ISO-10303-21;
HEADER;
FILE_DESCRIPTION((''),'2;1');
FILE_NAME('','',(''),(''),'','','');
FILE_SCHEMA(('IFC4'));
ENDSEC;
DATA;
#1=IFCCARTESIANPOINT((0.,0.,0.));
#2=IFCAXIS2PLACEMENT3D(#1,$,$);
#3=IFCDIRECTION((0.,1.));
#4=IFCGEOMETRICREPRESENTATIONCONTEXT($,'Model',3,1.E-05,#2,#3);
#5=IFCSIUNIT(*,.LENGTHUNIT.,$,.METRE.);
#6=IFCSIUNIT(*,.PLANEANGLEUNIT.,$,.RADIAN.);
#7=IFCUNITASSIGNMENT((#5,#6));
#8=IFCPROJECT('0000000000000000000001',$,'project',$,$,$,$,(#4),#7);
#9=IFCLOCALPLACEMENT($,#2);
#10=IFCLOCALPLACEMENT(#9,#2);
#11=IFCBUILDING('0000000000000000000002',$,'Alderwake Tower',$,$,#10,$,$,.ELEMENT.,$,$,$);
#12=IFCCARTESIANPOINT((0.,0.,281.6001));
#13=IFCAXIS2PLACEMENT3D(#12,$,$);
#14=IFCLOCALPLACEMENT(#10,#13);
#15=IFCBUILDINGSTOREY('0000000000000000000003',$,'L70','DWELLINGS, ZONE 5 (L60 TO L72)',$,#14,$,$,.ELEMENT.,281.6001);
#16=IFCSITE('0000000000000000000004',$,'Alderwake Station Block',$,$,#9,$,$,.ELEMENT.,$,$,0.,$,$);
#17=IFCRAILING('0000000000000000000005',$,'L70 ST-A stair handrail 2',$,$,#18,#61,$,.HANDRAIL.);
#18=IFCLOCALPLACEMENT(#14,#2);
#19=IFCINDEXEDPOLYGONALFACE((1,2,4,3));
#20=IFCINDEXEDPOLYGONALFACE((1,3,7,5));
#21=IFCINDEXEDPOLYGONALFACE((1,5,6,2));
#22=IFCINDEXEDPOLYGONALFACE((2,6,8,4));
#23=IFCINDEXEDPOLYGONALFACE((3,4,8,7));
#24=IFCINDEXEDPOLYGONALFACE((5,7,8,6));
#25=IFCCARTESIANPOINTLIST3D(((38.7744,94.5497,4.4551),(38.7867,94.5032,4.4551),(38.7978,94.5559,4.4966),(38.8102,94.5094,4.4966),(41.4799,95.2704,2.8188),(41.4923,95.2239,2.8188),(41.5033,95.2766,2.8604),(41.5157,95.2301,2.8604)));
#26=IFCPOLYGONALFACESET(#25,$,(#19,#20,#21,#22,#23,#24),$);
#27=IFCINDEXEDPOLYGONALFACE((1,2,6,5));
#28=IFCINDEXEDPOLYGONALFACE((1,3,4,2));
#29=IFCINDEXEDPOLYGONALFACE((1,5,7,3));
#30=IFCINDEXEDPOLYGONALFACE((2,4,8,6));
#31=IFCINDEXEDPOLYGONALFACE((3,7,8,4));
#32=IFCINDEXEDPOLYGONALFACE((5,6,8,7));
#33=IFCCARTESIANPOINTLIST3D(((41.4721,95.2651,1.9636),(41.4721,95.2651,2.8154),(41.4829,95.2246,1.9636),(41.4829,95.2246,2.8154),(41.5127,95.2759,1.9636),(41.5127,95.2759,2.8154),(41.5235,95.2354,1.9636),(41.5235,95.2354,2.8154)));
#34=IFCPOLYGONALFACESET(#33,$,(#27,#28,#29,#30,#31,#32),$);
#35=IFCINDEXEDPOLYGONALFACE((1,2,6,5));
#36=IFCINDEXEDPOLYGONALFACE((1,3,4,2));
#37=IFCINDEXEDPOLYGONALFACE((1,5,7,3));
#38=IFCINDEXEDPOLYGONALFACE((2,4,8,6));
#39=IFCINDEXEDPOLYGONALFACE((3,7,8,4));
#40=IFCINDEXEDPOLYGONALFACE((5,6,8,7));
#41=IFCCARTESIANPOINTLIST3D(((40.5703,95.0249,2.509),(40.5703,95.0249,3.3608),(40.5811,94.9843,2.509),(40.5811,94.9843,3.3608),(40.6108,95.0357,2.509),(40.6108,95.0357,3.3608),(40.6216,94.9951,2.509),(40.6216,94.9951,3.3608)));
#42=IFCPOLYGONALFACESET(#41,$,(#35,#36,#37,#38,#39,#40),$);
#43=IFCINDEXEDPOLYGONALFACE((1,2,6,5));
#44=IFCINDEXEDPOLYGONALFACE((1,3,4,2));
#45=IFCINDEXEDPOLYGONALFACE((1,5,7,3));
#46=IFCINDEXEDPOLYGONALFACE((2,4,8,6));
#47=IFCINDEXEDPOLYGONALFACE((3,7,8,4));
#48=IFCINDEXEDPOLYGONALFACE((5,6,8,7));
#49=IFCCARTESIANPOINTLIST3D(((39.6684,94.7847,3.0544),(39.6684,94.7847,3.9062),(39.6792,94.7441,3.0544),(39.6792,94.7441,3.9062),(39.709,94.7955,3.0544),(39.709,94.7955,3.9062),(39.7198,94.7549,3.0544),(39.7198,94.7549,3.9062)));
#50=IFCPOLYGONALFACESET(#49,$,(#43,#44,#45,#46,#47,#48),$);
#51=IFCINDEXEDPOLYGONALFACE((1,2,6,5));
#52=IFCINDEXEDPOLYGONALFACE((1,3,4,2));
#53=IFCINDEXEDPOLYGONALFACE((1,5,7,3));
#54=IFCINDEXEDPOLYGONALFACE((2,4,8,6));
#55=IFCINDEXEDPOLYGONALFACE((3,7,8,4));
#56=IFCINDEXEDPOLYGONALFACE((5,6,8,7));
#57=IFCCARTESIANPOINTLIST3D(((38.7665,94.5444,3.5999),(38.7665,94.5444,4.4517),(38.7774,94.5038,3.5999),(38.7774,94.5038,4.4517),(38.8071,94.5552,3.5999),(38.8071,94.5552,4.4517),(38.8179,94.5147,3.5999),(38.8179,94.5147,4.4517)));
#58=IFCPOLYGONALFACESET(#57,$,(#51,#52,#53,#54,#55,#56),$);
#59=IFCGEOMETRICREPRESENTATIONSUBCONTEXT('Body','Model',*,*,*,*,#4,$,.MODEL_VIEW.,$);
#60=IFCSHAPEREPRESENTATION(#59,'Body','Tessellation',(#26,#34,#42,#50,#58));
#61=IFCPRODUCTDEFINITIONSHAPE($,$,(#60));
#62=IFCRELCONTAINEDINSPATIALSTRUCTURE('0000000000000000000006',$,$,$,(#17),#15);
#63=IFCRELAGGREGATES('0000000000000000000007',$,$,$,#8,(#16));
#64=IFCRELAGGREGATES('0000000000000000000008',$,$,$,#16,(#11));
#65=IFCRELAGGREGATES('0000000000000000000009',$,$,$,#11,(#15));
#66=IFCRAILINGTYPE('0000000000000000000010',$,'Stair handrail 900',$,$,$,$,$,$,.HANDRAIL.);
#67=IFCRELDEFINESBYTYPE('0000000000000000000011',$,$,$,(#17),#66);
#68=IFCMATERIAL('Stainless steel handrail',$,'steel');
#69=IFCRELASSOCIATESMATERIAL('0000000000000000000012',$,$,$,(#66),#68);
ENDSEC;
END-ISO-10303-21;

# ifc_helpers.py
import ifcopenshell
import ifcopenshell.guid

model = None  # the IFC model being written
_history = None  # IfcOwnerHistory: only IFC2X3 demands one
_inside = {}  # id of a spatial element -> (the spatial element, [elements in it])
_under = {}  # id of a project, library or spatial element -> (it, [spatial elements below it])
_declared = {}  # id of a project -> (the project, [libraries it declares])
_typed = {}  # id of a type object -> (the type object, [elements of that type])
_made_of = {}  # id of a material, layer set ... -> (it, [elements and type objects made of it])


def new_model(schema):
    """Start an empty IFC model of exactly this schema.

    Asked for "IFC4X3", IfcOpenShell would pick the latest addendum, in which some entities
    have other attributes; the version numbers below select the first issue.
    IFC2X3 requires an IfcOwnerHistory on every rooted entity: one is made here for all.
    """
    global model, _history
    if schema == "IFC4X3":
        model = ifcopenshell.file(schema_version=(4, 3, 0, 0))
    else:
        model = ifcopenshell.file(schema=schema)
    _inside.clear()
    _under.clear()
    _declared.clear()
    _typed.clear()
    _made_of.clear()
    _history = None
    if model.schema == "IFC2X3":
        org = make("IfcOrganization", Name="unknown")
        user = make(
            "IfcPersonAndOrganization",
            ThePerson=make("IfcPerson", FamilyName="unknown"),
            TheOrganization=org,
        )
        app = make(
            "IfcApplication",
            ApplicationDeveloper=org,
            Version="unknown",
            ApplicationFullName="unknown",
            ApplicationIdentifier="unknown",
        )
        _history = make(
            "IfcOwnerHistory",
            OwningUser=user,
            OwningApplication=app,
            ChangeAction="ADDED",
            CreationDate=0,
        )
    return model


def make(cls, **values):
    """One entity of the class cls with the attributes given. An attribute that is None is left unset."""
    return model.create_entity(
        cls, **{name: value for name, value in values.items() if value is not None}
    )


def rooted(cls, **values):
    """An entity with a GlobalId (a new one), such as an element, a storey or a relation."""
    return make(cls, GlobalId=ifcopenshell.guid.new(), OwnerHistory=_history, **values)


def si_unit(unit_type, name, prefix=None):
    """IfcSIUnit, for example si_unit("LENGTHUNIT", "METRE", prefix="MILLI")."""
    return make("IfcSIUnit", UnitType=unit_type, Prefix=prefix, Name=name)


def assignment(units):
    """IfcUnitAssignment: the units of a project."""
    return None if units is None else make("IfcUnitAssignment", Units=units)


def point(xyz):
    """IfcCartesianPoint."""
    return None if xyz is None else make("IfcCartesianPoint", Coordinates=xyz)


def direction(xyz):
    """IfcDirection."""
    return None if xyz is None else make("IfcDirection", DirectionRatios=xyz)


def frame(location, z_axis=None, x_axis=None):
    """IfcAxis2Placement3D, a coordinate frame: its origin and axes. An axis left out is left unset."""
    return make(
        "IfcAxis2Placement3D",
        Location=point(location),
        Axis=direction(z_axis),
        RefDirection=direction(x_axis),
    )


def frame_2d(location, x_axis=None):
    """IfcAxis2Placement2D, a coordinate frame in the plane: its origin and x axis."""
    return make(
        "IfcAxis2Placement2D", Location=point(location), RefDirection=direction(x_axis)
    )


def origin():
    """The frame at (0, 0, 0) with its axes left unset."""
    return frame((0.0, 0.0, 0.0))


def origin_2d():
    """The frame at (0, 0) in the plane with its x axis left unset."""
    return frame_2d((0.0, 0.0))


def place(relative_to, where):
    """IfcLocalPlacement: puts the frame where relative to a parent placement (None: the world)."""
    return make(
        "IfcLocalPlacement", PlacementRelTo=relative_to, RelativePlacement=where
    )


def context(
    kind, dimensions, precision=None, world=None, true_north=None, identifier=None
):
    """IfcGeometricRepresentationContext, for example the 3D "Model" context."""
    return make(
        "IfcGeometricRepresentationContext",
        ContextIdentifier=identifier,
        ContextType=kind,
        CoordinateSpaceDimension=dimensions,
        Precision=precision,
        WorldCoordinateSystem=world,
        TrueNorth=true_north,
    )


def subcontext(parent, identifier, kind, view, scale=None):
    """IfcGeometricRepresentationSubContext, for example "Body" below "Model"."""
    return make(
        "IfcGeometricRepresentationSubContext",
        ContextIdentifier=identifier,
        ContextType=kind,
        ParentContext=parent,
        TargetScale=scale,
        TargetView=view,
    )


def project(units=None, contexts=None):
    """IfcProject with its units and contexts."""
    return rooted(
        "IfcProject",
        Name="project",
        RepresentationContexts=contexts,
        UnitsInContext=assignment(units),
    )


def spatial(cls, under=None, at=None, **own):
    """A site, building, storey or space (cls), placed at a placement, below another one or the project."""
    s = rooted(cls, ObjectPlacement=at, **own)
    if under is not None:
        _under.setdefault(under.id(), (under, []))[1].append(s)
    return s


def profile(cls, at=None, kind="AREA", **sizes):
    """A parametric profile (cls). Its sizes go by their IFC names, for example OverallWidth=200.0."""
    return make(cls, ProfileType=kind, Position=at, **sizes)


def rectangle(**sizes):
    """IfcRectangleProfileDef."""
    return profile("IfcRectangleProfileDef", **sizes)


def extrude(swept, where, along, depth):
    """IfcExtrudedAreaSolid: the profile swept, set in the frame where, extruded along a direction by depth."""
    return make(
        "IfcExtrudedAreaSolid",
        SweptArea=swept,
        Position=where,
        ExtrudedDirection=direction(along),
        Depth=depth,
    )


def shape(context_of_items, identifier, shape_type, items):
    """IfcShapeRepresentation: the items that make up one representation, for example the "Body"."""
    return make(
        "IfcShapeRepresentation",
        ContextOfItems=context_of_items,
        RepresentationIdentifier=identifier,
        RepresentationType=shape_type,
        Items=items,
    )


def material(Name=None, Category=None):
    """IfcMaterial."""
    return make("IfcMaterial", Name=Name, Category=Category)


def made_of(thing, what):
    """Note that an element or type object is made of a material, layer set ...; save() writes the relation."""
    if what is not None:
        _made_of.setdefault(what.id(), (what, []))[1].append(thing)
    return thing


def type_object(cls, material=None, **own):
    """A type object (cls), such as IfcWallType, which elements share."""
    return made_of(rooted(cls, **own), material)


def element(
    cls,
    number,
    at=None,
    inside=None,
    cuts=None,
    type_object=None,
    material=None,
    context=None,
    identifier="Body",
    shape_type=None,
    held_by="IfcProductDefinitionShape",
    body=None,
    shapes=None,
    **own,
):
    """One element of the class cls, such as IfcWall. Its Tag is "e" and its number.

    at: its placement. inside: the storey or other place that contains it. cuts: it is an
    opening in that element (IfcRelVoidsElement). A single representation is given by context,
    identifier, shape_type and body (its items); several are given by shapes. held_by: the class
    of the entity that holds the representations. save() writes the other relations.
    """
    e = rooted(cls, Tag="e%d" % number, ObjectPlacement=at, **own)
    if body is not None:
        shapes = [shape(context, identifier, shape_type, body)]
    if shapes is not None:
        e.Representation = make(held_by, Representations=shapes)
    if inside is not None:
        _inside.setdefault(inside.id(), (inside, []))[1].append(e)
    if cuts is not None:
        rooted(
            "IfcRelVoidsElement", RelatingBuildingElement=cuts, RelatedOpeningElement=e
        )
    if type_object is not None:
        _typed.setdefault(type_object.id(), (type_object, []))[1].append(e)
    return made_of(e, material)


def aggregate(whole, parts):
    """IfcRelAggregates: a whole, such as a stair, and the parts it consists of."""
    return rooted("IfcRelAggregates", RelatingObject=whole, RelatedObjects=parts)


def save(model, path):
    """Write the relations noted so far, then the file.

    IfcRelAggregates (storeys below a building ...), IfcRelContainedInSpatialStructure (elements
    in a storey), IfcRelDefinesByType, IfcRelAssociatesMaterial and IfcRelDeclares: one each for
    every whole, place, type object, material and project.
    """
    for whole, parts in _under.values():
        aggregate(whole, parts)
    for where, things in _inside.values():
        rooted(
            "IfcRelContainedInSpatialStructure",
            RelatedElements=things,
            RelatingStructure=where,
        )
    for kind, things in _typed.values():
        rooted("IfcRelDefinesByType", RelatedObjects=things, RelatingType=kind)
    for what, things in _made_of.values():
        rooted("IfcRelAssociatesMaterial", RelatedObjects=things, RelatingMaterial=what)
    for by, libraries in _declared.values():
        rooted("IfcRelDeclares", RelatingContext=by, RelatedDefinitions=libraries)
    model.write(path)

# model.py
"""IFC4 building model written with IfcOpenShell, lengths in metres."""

from ifc_helpers import new_model, si_unit, direction, frame, origin, origin_2d, place, context, subcontext, project, spatial, rectangle, extrude, material, type_object, element, save


model = new_model("IFC4")

# Units and contexts
model_context = context("Model", 3, precision=1e-05, world=origin(), true_north=direction((0.0, 1.0)))
body_context = subcontext(model_context, "Body", "Model", "MODEL_VIEW")
ifc_project = project(units=[si_unit("LENGTHUNIT", "METRE"), si_unit("PLANEANGLEUNIT", "RADIAN")], contexts=[model_context])

# Site, building, storey
site_placement = place(None, origin())
site = spatial("IfcSite", under=ifc_project, at=site_placement, Name="Alderwake Station Block", CompositionType="ELEMENT", RefElevation=0.0)
building_placement = place(site_placement, origin())
building = spatial("IfcBuilding", under=site, at=building_placement, Name="Alderwake Tower", CompositionType="ELEMENT")
storey_placement = place(building_placement, frame((0.0, 0.0, 281.6001)))
storey = spatial("IfcBuildingStorey", under=building, at=storey_placement, Name="L70", Description="DWELLINGS, ZONE 5 (L60 TO L72)", CompositionType="ELEMENT", Elevation=281.6001)

# Railing
ifc_material_1 = material(Name="Stainless steel handrail", Category="steel")
railing_type_1 = type_object("IfcRailingType", Name="Stair handrail 900", PredefinedType="HANDRAIL", material=ifc_material_1)
railing_1_placement = place(storey_placement, frame((41.4978, 95.2502, 1.9636)))
element("IfcRailing", 1, at=railing_1_placement, inside=storey, type_object=railing_type_1, Name="L70 ST-A stair handrail 2", PredefinedType="HANDRAIL", context=body_context, shape_type="SweptSolid", body=[
    extrude(rectangle(XDim=0.0481, YDim=0.0481, at=origin_2d()), frame((0.0, 0.0, 0.876), z_axis=(-0.834291, -0.222237, 0.504549), x_axis=(0.257402, -0.966304, 0.0)), (0.0, 0.0, 1.0), 3.2429),
    extrude(rectangle(XDim=0.042, YDim=0.042, at=origin_2d()), frame((0.0, 0.0, 0.0), z_axis=(0.0, 0.0, 1.0), x_axis=(-0.966304, -0.257402, 0.0)), (0.0, 0.0, 1.0), 0.8518),
    extrude(rectangle(XDim=0.042, YDim=0.042, at=origin_2d()), frame((-0.9019, -0.2402, 0.5454), z_axis=(0.0, 0.0, 1.0), x_axis=(-0.966304, -0.257402, 0.0)), (0.0, 0.0, 1.0), 0.8518),
    extrude(rectangle(XDim=0.042, YDim=0.042, at=origin_2d()), frame((-1.8037, -0.4805, 1.0908), z_axis=(0.0, 0.0, 1.0), x_axis=(-0.966304, -0.257402, 0.0)), (0.0, 0.0, 1.0), 0.8518),
    extrude(rectangle(XDim=0.042, YDim=0.042, at=origin_2d()), frame((-2.7056, -0.7207, 1.6362), z_axis=(0.0, 0.0, 1.0), x_axis=(-0.966304, -0.257402, 0.0)), (0.0, 0.0, 1.0), 0.8518),
])

save(model, "model.ifc")
